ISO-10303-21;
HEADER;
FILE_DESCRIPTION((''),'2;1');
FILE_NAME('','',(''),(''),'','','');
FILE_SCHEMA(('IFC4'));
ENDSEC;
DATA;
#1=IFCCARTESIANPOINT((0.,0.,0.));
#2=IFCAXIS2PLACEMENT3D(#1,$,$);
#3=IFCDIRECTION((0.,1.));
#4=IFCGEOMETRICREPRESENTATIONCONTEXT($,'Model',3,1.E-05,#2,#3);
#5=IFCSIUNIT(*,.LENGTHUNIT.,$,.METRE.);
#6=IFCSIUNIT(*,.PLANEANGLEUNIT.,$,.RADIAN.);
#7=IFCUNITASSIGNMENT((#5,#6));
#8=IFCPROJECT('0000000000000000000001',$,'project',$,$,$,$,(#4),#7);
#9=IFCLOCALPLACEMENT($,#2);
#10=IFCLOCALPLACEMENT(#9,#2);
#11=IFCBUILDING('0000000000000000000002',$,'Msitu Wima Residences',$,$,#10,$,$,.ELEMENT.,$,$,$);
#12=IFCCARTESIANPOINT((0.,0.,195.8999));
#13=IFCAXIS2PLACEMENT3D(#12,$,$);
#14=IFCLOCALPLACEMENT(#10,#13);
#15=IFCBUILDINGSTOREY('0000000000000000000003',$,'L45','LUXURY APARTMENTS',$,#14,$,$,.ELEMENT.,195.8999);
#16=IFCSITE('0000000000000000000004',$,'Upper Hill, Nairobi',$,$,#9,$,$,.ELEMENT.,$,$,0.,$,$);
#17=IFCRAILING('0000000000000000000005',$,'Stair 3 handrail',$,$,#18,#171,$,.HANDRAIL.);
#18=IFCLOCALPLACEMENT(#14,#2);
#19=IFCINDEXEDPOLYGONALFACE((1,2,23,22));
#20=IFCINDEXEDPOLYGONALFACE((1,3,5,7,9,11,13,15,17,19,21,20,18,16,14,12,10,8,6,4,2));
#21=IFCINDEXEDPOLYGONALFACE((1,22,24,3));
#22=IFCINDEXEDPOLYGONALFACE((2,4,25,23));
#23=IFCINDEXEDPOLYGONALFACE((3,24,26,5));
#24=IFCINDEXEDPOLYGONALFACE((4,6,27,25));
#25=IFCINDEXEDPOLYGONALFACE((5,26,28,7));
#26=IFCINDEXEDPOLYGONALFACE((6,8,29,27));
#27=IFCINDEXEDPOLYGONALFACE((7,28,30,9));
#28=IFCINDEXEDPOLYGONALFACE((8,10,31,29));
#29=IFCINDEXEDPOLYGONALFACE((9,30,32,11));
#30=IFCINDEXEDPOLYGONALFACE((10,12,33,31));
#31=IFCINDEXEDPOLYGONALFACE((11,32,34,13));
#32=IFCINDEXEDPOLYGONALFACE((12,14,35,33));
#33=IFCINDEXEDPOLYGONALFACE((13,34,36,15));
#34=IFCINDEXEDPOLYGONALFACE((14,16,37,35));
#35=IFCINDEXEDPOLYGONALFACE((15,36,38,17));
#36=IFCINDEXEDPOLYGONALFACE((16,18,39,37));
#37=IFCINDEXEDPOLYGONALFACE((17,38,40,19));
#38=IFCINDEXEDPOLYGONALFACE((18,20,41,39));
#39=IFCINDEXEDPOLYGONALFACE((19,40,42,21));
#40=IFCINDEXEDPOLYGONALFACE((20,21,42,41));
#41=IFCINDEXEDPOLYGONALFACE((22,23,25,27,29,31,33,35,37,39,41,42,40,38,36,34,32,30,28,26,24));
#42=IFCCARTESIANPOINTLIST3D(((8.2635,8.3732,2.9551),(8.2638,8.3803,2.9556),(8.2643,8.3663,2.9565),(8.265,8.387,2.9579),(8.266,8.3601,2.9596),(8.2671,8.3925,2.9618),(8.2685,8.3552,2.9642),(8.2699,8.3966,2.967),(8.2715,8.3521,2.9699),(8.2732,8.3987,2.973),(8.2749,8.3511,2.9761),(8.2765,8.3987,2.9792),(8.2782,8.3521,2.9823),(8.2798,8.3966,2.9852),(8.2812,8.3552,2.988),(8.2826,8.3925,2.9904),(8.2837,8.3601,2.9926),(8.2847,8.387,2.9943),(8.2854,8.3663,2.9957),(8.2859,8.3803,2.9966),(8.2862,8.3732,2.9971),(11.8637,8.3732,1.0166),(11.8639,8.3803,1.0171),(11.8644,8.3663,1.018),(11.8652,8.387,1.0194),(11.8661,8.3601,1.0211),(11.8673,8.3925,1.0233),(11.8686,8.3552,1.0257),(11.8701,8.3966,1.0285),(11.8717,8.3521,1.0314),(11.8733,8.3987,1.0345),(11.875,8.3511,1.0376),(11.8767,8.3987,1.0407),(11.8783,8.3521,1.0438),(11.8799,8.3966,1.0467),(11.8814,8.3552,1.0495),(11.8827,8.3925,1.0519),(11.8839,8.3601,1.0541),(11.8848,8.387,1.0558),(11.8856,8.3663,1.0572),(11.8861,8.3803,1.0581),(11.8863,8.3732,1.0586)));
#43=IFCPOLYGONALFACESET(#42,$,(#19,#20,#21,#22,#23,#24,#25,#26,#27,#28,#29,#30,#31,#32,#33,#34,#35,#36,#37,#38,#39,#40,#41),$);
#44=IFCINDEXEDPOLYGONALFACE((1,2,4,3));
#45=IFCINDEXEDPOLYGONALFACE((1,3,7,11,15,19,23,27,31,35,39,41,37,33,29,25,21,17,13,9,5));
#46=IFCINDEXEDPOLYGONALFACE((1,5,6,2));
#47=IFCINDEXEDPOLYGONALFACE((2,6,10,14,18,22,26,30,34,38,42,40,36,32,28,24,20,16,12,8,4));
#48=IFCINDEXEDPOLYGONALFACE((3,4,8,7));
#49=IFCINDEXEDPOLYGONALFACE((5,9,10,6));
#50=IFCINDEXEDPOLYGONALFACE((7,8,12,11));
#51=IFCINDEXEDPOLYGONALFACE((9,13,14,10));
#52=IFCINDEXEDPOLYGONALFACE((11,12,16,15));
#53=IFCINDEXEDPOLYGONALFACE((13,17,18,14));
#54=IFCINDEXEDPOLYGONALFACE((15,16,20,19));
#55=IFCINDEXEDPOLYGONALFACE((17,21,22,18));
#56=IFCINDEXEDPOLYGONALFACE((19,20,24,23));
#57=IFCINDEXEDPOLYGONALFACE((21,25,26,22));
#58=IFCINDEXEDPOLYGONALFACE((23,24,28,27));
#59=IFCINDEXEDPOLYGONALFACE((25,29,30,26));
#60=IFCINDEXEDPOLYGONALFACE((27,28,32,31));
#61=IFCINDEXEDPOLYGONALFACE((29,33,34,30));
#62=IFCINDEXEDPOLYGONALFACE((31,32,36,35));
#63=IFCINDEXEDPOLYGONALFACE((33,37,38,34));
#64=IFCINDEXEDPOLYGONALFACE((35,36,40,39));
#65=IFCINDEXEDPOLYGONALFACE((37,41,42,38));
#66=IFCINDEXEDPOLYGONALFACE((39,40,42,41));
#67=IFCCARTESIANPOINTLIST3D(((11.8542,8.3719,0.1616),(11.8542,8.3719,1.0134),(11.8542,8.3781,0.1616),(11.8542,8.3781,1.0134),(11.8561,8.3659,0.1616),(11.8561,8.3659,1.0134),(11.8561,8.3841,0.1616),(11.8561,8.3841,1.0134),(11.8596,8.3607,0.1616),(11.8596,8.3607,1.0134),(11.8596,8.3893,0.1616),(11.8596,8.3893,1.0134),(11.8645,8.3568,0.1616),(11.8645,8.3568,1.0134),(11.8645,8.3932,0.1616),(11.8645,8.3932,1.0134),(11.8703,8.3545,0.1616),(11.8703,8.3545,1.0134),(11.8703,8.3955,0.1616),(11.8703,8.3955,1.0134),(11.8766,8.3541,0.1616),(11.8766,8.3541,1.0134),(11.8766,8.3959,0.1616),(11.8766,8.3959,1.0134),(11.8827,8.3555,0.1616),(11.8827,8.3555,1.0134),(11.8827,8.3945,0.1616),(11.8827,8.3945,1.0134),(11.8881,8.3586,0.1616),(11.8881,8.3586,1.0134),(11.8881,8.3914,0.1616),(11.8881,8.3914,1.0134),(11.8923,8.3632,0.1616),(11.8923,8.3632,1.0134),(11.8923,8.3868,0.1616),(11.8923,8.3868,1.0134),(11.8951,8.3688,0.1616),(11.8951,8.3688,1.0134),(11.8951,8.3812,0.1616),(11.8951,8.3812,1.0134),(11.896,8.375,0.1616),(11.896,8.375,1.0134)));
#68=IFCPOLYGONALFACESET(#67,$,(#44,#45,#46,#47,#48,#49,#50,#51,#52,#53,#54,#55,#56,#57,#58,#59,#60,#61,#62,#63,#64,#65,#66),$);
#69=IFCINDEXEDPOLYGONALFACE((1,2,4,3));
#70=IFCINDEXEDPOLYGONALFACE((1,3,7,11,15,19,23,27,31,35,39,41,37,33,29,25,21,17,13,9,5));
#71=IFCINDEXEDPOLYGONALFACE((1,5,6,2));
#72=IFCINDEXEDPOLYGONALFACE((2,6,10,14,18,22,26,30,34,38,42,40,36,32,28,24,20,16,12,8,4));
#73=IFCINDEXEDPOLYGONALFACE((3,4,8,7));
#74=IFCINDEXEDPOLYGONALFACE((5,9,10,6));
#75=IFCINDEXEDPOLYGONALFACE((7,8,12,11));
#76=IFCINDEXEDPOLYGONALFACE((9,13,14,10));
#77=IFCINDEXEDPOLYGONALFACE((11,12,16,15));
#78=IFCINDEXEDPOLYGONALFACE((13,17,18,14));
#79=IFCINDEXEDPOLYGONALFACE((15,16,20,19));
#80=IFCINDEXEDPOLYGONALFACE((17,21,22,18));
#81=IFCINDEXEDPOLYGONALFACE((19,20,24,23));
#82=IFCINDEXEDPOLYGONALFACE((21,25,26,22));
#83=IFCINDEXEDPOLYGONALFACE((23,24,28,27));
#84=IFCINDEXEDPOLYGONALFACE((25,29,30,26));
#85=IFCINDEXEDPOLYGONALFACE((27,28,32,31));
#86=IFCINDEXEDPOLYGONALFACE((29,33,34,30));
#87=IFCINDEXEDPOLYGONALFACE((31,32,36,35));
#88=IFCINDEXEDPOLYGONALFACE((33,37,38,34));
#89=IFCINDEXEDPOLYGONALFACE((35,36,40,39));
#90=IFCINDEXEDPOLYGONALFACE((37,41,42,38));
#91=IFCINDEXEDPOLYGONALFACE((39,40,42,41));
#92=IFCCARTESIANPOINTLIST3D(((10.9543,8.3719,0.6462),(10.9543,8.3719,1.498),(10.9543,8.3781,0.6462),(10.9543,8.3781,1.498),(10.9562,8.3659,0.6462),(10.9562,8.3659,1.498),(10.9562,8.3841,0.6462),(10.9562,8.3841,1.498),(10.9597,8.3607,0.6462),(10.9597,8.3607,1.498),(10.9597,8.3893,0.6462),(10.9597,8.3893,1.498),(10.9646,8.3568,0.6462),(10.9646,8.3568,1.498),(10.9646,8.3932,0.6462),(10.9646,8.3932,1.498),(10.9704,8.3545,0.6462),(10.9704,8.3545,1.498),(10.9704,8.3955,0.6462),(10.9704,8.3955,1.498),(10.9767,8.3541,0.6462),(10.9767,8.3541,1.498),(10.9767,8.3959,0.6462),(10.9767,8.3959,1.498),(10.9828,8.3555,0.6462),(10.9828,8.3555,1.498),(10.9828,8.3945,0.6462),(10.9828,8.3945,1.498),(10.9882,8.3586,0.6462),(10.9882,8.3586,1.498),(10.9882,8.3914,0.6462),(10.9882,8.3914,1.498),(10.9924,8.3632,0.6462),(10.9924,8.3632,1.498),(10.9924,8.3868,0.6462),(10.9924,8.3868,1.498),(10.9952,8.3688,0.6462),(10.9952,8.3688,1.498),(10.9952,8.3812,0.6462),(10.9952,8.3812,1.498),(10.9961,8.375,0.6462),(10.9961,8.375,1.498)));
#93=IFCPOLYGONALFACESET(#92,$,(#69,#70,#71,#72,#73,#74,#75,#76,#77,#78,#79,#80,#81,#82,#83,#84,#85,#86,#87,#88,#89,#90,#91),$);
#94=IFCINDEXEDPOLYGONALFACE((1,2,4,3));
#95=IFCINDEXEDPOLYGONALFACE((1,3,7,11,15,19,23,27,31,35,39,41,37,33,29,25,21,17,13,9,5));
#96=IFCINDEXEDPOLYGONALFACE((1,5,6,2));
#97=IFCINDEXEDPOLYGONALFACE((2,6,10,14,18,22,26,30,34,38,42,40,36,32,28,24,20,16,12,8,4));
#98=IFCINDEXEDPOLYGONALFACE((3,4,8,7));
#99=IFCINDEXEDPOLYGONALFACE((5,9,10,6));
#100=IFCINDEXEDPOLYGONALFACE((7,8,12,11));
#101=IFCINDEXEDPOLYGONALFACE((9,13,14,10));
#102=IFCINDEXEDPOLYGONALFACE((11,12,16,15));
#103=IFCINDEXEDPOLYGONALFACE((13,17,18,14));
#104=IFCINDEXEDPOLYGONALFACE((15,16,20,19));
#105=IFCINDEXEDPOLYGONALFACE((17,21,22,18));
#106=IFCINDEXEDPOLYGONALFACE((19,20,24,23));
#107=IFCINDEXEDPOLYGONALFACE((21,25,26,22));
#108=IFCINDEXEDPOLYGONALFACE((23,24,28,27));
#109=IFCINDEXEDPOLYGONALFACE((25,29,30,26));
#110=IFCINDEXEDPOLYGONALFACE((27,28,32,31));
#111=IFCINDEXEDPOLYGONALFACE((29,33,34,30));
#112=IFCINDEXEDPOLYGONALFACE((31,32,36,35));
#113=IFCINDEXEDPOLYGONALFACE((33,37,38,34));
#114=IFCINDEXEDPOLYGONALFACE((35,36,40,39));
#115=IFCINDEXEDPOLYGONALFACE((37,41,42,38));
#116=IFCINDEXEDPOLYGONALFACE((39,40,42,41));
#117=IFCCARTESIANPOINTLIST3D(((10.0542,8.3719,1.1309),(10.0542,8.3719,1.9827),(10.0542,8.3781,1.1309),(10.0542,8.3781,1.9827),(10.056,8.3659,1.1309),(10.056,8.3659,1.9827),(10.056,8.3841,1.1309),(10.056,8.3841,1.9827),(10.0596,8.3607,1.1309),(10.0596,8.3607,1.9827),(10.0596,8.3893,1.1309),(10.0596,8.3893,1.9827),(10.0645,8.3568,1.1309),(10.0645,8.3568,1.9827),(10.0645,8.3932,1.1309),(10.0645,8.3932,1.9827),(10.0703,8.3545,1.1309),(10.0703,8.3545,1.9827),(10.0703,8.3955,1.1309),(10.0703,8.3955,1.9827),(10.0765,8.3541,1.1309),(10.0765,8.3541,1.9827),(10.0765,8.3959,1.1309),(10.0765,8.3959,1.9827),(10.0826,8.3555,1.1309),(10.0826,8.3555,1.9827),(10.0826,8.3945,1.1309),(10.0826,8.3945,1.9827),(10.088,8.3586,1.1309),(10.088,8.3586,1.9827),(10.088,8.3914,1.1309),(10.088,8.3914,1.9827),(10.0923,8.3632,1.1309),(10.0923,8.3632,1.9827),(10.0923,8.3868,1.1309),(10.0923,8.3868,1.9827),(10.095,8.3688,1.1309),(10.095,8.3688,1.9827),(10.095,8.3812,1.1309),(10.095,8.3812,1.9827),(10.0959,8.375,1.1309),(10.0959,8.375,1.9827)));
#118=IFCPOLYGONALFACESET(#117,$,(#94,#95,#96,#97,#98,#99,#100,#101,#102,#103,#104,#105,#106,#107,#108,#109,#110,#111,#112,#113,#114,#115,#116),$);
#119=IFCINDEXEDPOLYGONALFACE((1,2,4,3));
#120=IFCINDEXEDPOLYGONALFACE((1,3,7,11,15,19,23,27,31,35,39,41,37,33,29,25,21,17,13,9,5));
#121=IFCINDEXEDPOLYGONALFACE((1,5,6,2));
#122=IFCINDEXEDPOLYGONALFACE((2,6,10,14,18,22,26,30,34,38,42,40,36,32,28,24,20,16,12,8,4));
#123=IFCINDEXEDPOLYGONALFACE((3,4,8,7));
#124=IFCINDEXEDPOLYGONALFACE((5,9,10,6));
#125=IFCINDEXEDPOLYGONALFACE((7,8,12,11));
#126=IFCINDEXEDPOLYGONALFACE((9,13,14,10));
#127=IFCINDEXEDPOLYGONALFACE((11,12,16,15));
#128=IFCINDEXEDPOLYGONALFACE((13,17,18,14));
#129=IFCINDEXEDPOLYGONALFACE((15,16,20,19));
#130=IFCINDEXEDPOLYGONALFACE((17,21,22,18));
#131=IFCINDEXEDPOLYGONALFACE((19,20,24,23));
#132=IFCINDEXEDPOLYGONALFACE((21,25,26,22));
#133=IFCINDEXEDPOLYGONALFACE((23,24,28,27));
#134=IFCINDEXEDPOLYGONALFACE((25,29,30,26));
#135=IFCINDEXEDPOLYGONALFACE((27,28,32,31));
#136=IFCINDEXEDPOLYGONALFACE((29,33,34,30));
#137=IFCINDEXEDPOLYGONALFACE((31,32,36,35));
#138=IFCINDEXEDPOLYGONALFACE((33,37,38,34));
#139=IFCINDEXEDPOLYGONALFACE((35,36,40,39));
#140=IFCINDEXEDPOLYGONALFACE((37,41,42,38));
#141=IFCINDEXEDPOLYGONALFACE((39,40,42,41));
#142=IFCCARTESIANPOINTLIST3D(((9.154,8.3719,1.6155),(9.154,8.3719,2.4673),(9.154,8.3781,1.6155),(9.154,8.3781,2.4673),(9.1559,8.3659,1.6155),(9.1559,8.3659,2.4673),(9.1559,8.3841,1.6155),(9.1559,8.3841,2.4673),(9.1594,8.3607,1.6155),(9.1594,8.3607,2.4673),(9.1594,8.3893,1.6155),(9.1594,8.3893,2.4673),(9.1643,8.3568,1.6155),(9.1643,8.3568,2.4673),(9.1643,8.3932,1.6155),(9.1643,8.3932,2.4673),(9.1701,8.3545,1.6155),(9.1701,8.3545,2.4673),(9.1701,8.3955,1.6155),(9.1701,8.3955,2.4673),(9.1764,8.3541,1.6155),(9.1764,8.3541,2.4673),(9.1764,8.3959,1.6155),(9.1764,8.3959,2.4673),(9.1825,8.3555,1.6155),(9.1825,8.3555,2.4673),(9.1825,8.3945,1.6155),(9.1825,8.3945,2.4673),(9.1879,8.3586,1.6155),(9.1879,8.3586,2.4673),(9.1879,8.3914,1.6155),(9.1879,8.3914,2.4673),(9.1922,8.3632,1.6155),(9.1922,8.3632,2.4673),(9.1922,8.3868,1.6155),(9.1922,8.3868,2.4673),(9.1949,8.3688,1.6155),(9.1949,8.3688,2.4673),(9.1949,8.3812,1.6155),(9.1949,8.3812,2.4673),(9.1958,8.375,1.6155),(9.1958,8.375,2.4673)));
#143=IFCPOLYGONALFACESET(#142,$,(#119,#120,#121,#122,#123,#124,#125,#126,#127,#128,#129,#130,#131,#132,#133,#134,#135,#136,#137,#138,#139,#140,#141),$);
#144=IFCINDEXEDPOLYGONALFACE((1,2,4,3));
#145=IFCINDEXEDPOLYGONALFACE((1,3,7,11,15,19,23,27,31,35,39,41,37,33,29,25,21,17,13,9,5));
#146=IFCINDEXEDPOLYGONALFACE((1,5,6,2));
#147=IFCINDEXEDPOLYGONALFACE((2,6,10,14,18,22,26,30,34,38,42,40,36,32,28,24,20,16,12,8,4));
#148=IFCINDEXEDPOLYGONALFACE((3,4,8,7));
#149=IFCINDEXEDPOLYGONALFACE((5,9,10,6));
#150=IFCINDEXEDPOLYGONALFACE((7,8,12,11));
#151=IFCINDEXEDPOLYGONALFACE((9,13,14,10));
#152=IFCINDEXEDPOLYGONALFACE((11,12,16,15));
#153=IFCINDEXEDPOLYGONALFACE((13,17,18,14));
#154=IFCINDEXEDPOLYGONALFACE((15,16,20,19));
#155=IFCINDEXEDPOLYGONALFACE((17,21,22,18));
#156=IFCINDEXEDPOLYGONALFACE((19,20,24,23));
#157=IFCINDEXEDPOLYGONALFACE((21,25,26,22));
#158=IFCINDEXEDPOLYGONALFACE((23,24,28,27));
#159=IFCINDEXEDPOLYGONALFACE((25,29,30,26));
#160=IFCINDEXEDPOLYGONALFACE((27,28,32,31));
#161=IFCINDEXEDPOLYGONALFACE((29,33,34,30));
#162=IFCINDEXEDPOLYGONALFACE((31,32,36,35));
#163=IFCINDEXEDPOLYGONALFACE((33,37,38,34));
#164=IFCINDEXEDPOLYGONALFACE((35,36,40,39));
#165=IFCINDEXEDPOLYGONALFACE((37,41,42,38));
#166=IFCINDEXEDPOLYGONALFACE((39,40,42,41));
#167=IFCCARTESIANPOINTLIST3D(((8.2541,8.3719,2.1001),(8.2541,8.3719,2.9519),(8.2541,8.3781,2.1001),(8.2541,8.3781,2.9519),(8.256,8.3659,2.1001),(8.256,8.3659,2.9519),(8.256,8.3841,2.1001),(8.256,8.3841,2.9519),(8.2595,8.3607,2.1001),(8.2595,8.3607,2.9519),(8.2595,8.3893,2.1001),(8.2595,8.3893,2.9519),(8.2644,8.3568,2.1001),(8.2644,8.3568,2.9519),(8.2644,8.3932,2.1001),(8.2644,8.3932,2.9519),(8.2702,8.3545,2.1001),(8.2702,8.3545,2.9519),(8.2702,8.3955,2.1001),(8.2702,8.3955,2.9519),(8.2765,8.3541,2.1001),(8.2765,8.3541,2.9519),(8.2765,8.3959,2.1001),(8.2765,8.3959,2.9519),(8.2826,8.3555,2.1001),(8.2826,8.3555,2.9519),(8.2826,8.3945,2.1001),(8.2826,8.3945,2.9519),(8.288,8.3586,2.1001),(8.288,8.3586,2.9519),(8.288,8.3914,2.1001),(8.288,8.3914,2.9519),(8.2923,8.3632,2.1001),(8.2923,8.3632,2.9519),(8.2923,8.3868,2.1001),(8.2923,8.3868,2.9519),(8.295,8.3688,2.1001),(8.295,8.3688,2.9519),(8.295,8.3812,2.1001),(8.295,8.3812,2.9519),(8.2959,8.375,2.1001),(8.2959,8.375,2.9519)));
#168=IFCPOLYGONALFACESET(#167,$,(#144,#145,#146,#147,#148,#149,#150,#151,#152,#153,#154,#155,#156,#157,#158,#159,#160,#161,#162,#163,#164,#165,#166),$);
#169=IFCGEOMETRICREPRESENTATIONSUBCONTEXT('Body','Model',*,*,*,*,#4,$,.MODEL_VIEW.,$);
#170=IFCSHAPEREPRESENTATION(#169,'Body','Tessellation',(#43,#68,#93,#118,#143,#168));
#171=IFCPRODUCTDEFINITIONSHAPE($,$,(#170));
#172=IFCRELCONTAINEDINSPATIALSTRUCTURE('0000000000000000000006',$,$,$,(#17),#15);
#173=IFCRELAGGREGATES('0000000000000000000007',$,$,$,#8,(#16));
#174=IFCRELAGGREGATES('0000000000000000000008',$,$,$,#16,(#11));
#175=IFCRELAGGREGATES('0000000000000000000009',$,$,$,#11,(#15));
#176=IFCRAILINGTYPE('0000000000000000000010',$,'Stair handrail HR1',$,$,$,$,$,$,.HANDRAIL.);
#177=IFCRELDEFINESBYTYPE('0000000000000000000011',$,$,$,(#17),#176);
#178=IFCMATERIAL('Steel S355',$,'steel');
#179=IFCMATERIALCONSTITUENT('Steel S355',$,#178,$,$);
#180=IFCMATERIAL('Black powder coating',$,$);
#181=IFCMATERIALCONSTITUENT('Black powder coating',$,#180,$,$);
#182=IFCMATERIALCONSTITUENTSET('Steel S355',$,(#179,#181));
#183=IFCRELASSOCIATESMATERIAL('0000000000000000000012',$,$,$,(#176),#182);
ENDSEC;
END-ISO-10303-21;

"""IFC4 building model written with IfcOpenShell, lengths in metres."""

from ifc_helpers import new_model, si_unit, direction, frame, origin, origin_2d, place, context, subcontext, project, spatial, circle, extrude, material, constituent, constituent_set, type_object, element, save


model = new_model("IFC4")

# Units and contexts
model_context = context("Model", 3, precision=1e-05, world=origin(), true_north=direction((0.0, 1.0)))
body_context = subcontext(model_context, "Body", "Model", "MODEL_VIEW")
ifc_project = project(units=[si_unit("LENGTHUNIT", "METRE"), si_unit("PLANEANGLEUNIT", "RADIAN")], contexts=[model_context])

# Site, building, storey
site_placement = place(None, origin())
site = spatial("IfcSite", under=ifc_project, at=site_placement, Name="Upper Hill, Nairobi", CompositionType="ELEMENT", RefElevation=0.0)
building_placement = place(site_placement, origin())
building = spatial("IfcBuilding", under=site, at=building_placement, Name="Msitu Wima Residences", CompositionType="ELEMENT")
storey_placement = place(building_placement, frame((0.0, 0.0, 195.8999)))
storey = spatial("IfcBuildingStorey", under=building, at=storey_placement, Name="L45", Description="LUXURY APARTMENTS", CompositionType="ELEMENT", Elevation=195.8999)

# Railing
ifc_material_1 = material(Name="Steel S355", Category="steel")
ifc_constituent_1 = constituent(ifc_material_1, Name="Steel S355")
ifc_material_2 = material(Name="Black powder coating")
ifc_constituent_2 = constituent(ifc_material_2, Name="Black powder coating")
ifc_constituent_set = constituent_set(constituents=[ifc_constituent_1, ifc_constituent_2], Name="Steel S355")
railing_type = type_object("IfcRailingType", Name="Stair handrail HR1", PredefinedType="HANDRAIL", material=ifc_constituent_set)
for number, where, name in (
    (1, (11.875, 8.375, 0.1616), "Stair 3 handrail"),
):
    element("IfcRailing", number, at=place(storey_placement, frame(where)), inside=storey, type_object=railing_type, Name=name, PredefinedType="HANDRAIL", context=body_context, shape_type="SweptSolid", body=[
        extrude(circle(Radius=0.0239, at=origin_2d()), frame((0.0, 0.0, 0.876), z_axis=(-0.880475, 0.0, 0.474093), x_axis=(0.0, -1.0, 0.0)), (0.0, 0.0, 1.0), 4.0889),
        extrude(circle(Radius=0.021, at=origin_2d()), origin(), (0.0, 0.0, 1.0), 0.8518),
        extrude(circle(Radius=0.021, at=origin_2d()), frame((-0.8999, 0.0, 0.4846)), (0.0, 0.0, 1.0), 0.8518),
        extrude(circle(Radius=0.021, at=origin_2d()), frame((-1.8, 0.0, 0.9692)), (0.0, 0.0, 1.0), 0.8518),
        extrude(circle(Radius=0.021, at=origin_2d()), frame((-2.7002, 0.0, 1.4539)), (0.0, 0.0, 1.0), 0.8518),
        extrude(circle(Radius=0.021, at=origin_2d()), frame((-3.6001, 0.0, 1.9385)), (0.0, 0.0, 1.0), 0.8518),
    ])

save(model, "model.ifc")
